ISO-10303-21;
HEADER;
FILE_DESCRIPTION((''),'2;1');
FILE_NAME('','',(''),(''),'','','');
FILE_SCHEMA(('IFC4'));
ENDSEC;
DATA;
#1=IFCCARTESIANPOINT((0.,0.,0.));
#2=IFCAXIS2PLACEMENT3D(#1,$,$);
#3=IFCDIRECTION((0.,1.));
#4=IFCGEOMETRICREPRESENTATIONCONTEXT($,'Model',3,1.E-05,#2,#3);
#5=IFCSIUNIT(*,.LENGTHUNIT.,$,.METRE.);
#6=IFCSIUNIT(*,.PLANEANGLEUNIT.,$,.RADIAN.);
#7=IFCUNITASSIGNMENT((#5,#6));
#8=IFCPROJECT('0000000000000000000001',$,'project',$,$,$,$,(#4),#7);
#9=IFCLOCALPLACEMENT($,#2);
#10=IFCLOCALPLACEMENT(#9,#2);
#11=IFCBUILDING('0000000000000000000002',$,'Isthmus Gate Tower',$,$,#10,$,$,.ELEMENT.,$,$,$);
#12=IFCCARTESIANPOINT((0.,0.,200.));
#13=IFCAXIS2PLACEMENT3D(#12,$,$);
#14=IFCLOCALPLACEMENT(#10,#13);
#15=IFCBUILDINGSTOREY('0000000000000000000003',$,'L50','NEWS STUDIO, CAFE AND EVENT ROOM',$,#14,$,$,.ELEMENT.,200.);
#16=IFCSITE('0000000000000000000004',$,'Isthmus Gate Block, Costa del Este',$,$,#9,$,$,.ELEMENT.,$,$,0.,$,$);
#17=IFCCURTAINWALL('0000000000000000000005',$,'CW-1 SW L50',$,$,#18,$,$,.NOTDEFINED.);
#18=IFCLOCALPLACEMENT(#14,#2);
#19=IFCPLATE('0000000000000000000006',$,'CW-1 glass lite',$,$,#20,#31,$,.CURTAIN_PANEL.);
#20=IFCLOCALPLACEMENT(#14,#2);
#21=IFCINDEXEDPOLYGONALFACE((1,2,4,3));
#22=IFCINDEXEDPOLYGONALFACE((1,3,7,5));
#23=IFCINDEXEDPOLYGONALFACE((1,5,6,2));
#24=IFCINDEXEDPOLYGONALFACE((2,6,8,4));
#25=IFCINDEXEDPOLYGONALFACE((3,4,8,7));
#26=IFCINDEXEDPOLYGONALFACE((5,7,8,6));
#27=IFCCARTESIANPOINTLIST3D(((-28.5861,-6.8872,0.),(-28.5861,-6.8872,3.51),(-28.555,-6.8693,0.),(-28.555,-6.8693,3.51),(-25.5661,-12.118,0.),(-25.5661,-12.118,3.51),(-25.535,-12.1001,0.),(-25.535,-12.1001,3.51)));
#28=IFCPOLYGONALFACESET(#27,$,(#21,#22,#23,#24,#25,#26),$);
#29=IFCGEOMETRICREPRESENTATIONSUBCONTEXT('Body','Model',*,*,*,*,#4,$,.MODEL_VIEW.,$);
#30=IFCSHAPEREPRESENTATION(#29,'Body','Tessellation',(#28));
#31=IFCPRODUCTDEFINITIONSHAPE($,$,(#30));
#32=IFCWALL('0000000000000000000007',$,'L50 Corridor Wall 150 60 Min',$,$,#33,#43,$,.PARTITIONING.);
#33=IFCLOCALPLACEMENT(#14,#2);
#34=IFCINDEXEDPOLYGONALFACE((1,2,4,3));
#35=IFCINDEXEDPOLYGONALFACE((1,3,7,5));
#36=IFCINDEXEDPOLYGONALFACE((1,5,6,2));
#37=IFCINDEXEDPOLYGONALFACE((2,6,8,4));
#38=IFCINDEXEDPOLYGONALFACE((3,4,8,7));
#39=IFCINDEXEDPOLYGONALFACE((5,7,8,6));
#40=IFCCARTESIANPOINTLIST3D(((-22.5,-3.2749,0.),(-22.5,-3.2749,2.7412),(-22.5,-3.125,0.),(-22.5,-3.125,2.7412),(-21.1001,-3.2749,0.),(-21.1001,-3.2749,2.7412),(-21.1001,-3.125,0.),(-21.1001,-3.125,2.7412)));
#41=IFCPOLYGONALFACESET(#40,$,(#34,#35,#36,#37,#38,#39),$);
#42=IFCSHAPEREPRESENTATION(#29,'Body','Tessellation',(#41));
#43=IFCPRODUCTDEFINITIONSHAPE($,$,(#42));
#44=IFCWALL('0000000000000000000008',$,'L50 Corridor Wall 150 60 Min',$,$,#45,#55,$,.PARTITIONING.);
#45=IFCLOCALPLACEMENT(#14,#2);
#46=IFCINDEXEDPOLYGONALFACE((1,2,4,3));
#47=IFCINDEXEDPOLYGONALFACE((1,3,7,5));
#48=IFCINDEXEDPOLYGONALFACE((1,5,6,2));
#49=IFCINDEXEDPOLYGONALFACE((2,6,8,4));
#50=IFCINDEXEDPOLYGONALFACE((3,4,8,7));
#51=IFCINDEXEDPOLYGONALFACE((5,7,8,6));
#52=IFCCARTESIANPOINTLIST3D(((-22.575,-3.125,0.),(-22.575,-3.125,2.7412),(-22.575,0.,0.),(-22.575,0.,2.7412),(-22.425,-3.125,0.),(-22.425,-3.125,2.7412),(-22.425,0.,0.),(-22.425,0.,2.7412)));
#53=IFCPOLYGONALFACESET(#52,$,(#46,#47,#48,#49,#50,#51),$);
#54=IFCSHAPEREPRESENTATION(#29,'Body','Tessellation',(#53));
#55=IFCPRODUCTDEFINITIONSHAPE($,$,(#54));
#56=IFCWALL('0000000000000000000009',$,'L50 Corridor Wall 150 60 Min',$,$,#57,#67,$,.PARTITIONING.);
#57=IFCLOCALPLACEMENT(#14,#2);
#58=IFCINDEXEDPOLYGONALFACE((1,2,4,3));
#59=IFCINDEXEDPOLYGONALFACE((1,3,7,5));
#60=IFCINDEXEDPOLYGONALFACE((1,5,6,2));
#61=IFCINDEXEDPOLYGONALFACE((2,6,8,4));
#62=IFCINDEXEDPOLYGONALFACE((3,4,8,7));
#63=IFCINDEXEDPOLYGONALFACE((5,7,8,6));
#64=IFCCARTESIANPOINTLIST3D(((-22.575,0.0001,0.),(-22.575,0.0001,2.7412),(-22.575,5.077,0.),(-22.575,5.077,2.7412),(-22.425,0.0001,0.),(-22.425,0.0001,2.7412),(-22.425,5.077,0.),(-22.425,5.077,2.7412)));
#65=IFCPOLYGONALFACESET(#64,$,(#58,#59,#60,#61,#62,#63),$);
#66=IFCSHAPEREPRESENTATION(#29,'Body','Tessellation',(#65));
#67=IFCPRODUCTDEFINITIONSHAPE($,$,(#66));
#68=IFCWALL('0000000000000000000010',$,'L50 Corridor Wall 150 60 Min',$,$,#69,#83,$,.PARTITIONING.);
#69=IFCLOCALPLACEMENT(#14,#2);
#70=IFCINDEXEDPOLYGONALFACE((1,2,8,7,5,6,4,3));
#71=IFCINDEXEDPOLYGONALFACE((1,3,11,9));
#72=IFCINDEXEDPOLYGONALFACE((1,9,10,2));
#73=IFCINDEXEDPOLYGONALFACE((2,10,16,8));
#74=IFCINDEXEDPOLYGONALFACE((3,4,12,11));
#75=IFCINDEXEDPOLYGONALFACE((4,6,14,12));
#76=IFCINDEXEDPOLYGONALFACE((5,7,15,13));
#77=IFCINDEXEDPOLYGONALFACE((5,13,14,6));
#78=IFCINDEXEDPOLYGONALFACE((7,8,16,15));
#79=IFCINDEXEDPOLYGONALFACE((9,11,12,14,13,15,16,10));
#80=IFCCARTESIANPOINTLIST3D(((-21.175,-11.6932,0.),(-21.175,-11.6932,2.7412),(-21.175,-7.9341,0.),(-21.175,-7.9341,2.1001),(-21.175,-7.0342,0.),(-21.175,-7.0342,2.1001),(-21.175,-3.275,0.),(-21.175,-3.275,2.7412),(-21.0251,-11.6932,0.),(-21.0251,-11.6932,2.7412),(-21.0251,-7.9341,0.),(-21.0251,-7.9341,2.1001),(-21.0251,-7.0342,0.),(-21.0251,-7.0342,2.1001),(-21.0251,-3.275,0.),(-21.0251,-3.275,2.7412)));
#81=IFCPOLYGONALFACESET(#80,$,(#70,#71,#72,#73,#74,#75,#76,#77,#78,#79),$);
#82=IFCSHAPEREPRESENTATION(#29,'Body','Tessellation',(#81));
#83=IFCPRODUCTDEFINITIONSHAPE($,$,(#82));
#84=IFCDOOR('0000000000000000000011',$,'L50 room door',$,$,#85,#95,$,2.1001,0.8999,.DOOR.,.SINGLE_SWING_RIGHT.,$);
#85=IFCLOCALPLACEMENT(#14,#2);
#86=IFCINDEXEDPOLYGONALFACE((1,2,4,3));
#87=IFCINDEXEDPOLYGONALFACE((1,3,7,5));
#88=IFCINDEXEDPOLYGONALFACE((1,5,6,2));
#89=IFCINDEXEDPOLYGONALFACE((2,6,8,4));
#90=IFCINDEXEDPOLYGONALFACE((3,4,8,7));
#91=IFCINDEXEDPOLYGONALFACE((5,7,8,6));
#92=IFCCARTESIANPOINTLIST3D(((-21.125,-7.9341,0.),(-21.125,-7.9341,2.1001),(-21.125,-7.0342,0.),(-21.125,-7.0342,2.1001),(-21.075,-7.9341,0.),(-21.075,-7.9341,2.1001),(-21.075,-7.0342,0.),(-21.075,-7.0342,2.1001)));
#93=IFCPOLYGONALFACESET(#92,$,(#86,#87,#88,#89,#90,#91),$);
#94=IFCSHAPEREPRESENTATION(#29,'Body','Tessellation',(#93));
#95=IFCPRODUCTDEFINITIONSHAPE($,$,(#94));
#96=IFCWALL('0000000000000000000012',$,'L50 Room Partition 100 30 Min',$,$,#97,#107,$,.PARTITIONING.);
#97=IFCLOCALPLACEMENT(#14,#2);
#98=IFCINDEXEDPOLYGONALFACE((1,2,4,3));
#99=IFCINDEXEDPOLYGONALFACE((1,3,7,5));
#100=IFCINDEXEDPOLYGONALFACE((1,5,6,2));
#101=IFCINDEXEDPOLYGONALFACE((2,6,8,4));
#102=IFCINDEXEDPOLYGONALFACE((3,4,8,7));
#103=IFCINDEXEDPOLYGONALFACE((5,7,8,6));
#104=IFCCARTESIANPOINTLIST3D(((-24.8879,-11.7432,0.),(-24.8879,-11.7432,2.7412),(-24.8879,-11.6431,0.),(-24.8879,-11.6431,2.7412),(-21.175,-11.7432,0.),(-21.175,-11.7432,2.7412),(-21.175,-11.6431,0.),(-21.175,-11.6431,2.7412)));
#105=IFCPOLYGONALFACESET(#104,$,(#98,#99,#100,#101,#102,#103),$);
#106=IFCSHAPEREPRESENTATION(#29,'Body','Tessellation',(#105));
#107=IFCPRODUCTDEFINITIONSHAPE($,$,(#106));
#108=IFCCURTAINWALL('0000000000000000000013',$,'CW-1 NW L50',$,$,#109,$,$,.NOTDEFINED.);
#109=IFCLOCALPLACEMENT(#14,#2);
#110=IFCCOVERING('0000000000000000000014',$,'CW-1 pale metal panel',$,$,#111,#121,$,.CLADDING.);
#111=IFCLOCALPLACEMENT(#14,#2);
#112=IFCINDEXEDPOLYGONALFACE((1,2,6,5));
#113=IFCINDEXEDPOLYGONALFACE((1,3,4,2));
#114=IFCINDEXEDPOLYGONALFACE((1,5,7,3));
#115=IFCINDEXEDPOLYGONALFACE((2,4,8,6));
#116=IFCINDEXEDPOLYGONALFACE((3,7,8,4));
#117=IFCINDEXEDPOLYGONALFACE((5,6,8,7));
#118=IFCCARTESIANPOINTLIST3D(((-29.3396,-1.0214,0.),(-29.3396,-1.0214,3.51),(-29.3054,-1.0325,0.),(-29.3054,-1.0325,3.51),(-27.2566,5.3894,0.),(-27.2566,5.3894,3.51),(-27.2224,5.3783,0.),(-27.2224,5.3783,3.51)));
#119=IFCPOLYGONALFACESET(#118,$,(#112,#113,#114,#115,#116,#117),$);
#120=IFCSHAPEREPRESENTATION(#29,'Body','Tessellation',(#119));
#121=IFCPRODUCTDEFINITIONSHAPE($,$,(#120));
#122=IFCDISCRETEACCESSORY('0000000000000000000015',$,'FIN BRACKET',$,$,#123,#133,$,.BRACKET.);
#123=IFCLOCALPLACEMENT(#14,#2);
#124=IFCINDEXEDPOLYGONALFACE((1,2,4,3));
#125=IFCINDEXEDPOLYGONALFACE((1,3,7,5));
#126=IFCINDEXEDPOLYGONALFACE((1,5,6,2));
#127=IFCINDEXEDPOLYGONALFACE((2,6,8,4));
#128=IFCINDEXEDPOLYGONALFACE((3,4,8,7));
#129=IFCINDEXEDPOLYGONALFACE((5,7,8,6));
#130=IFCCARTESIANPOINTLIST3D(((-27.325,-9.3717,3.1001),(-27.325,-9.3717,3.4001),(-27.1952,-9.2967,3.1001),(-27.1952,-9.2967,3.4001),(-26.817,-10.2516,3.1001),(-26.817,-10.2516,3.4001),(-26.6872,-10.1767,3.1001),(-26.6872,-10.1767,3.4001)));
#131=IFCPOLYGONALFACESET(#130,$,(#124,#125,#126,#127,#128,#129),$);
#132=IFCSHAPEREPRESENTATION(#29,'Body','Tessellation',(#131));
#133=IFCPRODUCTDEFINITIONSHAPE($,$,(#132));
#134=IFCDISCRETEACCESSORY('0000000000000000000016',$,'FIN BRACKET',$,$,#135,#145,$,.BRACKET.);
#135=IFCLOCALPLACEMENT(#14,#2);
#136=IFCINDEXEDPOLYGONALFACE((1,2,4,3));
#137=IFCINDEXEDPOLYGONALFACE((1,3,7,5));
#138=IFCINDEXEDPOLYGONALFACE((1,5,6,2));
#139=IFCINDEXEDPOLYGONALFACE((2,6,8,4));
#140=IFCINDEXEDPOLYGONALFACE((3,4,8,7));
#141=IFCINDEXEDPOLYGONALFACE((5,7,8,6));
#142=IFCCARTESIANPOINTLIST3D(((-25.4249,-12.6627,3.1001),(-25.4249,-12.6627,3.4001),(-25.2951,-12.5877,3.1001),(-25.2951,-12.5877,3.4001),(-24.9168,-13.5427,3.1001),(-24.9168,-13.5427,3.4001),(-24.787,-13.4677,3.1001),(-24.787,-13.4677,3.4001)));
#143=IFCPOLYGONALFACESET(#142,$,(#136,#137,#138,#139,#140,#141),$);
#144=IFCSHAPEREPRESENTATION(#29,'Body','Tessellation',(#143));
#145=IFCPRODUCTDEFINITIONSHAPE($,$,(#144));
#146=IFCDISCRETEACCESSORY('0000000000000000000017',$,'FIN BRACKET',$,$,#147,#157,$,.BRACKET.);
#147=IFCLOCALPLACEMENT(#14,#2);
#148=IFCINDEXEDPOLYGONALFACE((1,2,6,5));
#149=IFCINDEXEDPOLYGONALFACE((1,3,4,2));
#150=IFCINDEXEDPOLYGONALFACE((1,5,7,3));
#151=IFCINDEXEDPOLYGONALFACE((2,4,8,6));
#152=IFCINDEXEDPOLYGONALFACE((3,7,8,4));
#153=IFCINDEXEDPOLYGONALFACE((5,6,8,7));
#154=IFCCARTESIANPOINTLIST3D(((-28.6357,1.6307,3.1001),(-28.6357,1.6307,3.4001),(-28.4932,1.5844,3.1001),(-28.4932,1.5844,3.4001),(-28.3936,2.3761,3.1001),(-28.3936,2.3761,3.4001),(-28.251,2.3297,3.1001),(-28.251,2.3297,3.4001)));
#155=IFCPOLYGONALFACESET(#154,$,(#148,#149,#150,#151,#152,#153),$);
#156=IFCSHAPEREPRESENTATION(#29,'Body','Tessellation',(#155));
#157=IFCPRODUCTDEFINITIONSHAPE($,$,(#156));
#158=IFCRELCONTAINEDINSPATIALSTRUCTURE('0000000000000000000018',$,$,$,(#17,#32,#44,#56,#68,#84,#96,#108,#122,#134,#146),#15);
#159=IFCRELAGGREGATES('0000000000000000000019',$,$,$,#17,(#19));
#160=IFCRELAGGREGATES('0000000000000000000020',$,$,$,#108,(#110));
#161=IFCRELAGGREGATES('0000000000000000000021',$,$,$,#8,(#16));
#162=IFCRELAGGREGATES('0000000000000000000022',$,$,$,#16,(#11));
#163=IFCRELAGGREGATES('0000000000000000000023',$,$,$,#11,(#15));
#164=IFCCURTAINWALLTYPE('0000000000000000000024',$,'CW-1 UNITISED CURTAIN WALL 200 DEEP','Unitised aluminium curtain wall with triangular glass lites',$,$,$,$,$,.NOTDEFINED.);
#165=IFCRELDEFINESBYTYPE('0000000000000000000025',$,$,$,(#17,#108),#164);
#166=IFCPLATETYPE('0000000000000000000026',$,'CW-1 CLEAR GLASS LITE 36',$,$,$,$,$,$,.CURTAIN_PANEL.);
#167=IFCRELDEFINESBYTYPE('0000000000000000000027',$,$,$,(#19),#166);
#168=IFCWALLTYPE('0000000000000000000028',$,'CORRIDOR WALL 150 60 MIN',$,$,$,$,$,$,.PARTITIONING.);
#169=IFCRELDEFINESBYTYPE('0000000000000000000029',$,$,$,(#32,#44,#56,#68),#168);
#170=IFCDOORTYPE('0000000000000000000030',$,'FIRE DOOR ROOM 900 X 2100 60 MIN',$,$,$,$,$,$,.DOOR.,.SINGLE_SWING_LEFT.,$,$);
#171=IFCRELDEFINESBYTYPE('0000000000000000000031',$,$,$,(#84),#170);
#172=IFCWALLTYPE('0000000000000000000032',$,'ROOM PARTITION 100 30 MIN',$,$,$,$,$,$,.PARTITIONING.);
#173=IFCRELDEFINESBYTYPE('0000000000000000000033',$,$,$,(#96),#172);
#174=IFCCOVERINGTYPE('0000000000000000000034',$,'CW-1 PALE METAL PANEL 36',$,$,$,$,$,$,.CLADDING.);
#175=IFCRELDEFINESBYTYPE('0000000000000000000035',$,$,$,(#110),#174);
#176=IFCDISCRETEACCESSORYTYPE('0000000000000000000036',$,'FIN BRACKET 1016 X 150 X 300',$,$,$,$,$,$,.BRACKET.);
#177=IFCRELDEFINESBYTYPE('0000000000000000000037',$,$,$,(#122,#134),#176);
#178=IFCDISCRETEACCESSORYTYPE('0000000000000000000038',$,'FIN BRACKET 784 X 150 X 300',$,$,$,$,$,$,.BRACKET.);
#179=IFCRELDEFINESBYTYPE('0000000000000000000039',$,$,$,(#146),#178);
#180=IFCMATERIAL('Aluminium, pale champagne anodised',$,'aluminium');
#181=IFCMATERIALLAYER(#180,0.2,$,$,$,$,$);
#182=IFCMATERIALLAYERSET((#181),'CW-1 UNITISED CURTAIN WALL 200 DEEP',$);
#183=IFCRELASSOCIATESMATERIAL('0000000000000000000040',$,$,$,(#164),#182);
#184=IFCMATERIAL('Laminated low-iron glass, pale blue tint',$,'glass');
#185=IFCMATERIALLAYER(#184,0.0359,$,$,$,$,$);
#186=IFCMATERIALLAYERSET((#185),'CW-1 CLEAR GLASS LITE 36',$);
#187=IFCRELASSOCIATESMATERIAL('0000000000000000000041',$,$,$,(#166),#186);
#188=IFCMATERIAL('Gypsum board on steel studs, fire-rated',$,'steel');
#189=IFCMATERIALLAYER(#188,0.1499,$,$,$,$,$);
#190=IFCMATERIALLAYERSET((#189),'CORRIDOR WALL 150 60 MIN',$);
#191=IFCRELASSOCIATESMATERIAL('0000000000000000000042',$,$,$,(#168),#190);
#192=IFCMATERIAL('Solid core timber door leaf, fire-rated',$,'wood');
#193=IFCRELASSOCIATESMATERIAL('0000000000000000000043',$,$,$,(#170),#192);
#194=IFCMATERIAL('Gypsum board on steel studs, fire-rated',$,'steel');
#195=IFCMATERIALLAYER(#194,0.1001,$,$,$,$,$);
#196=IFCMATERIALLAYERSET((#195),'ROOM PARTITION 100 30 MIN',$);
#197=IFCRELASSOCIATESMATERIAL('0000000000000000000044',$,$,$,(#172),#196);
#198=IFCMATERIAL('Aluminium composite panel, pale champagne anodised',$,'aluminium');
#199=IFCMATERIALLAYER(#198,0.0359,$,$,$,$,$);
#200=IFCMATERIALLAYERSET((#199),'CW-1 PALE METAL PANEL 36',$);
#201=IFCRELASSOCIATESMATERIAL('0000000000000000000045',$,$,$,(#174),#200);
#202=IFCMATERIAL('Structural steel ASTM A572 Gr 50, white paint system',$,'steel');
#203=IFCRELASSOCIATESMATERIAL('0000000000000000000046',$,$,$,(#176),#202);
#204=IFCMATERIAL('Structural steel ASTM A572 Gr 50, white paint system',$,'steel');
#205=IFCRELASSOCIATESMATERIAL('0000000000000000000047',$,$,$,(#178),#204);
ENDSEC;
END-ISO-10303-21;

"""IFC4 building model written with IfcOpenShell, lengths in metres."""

from ifc_helpers import new_model, si_unit, direction, frame, frame_2d, origin, origin_2d, place, context, subcontext, project, spatial, rectangle, extrude, material, layer, layer_set, type_object, element, fill, aggregate, save


model = new_model("IFC4")

# Units and contexts
model_context = context("Model", 3, precision=1e-05, world=origin(), true_north=direction((0.0, 1.0)))
body_context = subcontext(model_context, "Body", "Model", "MODEL_VIEW")
ifc_project = project(units=[si_unit("LENGTHUNIT", "METRE"), si_unit("PLANEANGLEUNIT", "RADIAN")], contexts=[model_context])

# Site, building, storey
site_placement = place(None, origin())
site = spatial("IfcSite", under=ifc_project, at=site_placement, Name="Isthmus Gate Block, Costa del Este", CompositionType="ELEMENT", RefElevation=0.0)
building_placement = place(site_placement, origin())
building = spatial("IfcBuilding", under=site, at=building_placement, Name="Isthmus Gate Tower", CompositionType="ELEMENT")
storey_placement = place(building_placement, frame((0.0, 0.0, 200.0)))
storey = spatial("IfcBuildingStorey", under=building, at=storey_placement, Name="L50", Description="NEWS STUDIO, CAFE AND EVENT ROOM", CompositionType="ELEMENT", Elevation=200.0)

# Curtain wall
ifc_material_1 = material(Name="Aluminium, pale champagne anodised", Category="aluminium")
ifc_layer_1 = layer(ifc_material_1, 0.2)
ifc_layer_set_1 = layer_set([ifc_layer_1], Name="CW-1 UNITISED CURTAIN WALL 200 DEEP")
curtain_wall_type = type_object("IfcCurtainWallType", Name="CW-1 UNITISED CURTAIN WALL 200 DEEP", Description="Unitised aluminium curtain wall with triangular glass lites", PredefinedType="NOTDEFINED", material=ifc_layer_set_1)
curtain_wall_1_placement = place(storey_placement, origin())
curtain_wall_1 = element("IfcCurtainWall", 1, at=curtain_wall_1_placement, inside=storey, type_object=curtain_wall_type, Name="CW-1 SW L50", PredefinedType="NOTDEFINED")

# Plate
ifc_material_2 = material(Name="Laminated low-iron glass, pale blue tint", Category="glass")
ifc_layer_2 = layer(ifc_material_2, 0.0359)
ifc_layer_set_2 = layer_set([ifc_layer_2], Name="CW-1 CLEAR GLASS LITE 36")
plate_type = type_object("IfcPlateType", Name="CW-1 CLEAR GLASS LITE 36", PredefinedType="CURTAIN_PANEL", material=ifc_layer_set_2)
plate_1_placement = place(storey_placement, frame((-27.0605, -9.4937, 0.0), z_axis=(0.0, 0.0, 1.0), x_axis=(0.5, -0.866025, 0.0)))
plate_1 = element("IfcPlate", 2, at=plate_1_placement, type_object=plate_type, Name="CW-1 glass lite", PredefinedType="CURTAIN_PANEL", context=body_context, shape_type="SweptSolid", body=[
    extrude(rectangle(XDim=6.04, YDim=0.0359, at=origin_2d()), origin(), (0.0, 0.0, 1.0), 3.51),
])
aggregate(curtain_wall_1, [plate_1])

# Walls
ifc_material_3 = material(Name="Gypsum board on steel studs, fire-rated", Category="steel")
ifc_layer_3 = layer(ifc_material_3, 0.1499)
ifc_layer_set_3 = layer_set([ifc_layer_3], Name="CORRIDOR WALL 150 60 MIN")
wall_type_1 = type_object("IfcWallType", Name="CORRIDOR WALL 150 60 MIN", PredefinedType="PARTITIONING", material=ifc_layer_set_3)
wall_1_placement = place(storey_placement, frame((-21.1001, -3.2, 0.0), z_axis=(0.0, 0.0, 1.0), x_axis=(-1.0, 0.0, 0.0)))
element("IfcWall", 3, at=wall_1_placement, inside=storey, type_object=wall_type_1, Name="L50 Corridor Wall 150 60 Min", PredefinedType="PARTITIONING", context=body_context, shape_type="SweptSolid", body=[
    extrude(rectangle(XDim=1.3999, YDim=0.1499, at=frame_2d((0.7, 0.0))), origin(), (0.0, 0.0, 1.0), 2.7412),
])
wall_2_placement = place(storey_placement, frame((-22.5, -3.125, 0.0), z_axis=(0.0, 0.0, 1.0), x_axis=(0.0, 1.0, 0.0)))
element("IfcWall", 4, at=wall_2_placement, inside=storey, type_object=wall_type_1, Name="L50 Corridor Wall 150 60 Min", PredefinedType="PARTITIONING", context=body_context, shape_type="SweptSolid", body=[
    extrude(rectangle(XDim=3.125, YDim=0.1499, at=frame_2d((1.5625, 0.0))), origin(), (0.0, 0.0, 1.0), 2.7412),
])
wall_3_placement = place(storey_placement, frame((-22.5, 0.0, 0.0), z_axis=(0.0, 0.0, 1.0), x_axis=(0.0, 1.0, 0.0)))
element("IfcWall", 5, at=wall_3_placement, inside=storey, type_object=wall_type_1, Name="L50 Corridor Wall 150 60 Min", PredefinedType="PARTITIONING", context=body_context, shape_type="SweptSolid", body=[
    extrude(rectangle(XDim=5.0769, YDim=0.1499, at=frame_2d((2.5386, 0.0))), origin(), (0.0, 0.0, 1.0), 2.7412),
])

# Wall, opening, door
wall_4_placement = place(storey_placement, frame((-21.1001, -11.6931, 0.0), z_axis=(0.0, 0.0, 1.0), x_axis=(0.0, 1.0, 0.0)))
wall_4 = element("IfcWall", 6, at=wall_4_placement, inside=storey, type_object=wall_type_1, Name="L50 Corridor Wall 150 60 Min", PredefinedType="PARTITIONING", context=body_context, shape_type="SweptSolid", body=[
    extrude(rectangle(XDim=8.4182, YDim=0.1499, at=frame_2d((4.209, 0.0))), origin(), (0.0, 0.0, 1.0), 2.7412),
])
opening_placement = place(wall_4_placement, frame((3.759, 0.0, 0.0)))
opening = element("IfcOpeningElement", 7, at=opening_placement, cuts=wall_4, PredefinedType="OPENING", context=body_context, shape_type="SweptSolid", body=[
    extrude(rectangle(XDim=0.8999, YDim=2.1001, at=frame_2d((0.45, 1.05))), frame((0.0, 0.085, 0.0), z_axis=(0.0, -1.0, 0.0), x_axis=(1.0, 0.0, 0.0)), (0.0, 0.0, 1.0), 0.1699),
])
ifc_material_4 = material(Name="Solid core timber door leaf, fire-rated", Category="wood")
door_type = type_object("IfcDoorType", Name="FIRE DOOR ROOM 900 X 2100 60 MIN", OperationType="SINGLE_SWING_LEFT", PredefinedType="DOOR", material=ifc_material_4)
door_placement = place(opening_placement, origin())
door = element("IfcDoor", 8, at=door_placement, inside=storey, type_object=door_type, Name="L50 room door", OperationType="SINGLE_SWING_RIGHT", OverallHeight=2.1001, OverallWidth=0.8999, PredefinedType="DOOR", context=body_context, shape_type="SweptSolid", body=[
    extrude(rectangle(XDim=0.8999, YDim=2.1001, at=frame_2d((0.45, 1.05))), frame((0.0, 0.0249, 0.0), z_axis=(0.0, -1.0, 0.0), x_axis=(1.0, 0.0, 0.0)), (0.0, 0.0, 1.0), 0.05),
])
fill(opening, door)

# Wall
ifc_material_5 = material(Name="Gypsum board on steel studs, fire-rated", Category="steel")
ifc_layer_4 = layer(ifc_material_5, 0.1001)
ifc_layer_set_4 = layer_set([ifc_layer_4], Name="ROOM PARTITION 100 30 MIN")
wall_type_2 = type_object("IfcWallType", Name="ROOM PARTITION 100 30 MIN", PredefinedType="PARTITIONING", material=ifc_layer_set_4)
wall_5_placement = place(storey_placement, frame((-24.8879, -11.6931, 0.0), z_axis=(0.0, 0.0, 1.0), x_axis=(1.0, 0.0, 0.0)))
element("IfcWall", 9, at=wall_5_placement, inside=storey, type_object=wall_type_2, Name="L50 Room Partition 100 30 Min", PredefinedType="PARTITIONING", context=body_context, shape_type="SweptSolid", body=[
    extrude(rectangle(XDim=3.7129, YDim=0.1001, at=frame_2d((1.8564, 0.0))), origin(), (0.0, 0.0, 1.0), 2.7412),
])

# Curtain wall, covering
curtain_wall_2_placement = place(storey_placement, origin())
curtain_wall_2 = element("IfcCurtainWall", 10, at=curtain_wall_2_placement, inside=storey, type_object=curtain_wall_type, Name="CW-1 NW L50", PredefinedType="NOTDEFINED")
ifc_material_6 = material(Name="Aluminium composite panel, pale champagne anodised", Category="aluminium")
ifc_layer_5 = layer(ifc_material_6, 0.0359)
ifc_layer_set_5 = layer_set([ifc_layer_5], Name="CW-1 PALE METAL PANEL 36")
covering_type = type_object("IfcCoveringType", Name="CW-1 PALE METAL PANEL 36", PredefinedType="CLADDING", material=ifc_layer_set_5)
covering_placement = place(storey_placement, frame((-28.281, 2.1785, 0.0), z_axis=(0.0, 0.0, 1.0), x_axis=(-0.309017, -0.951057, 0.0)))
covering = element("IfcCovering", 11, at=covering_placement, type_object=covering_type, Name="CW-1 pale metal panel", PredefinedType="CLADDING", context=body_context, shape_type="SweptSolid", body=[
    extrude(rectangle(XDim=6.7407, YDim=0.0359, at=origin_2d()), origin(), (0.0, 0.0, 1.0), 3.51),
])
aggregate(curtain_wall_2, [covering])

# Discrete accessories
ifc_material_7 = material(Name="Structural steel ASTM A572 Gr 50, white paint system", Category="steel")
discrete_accessory_type_1 = type_object("IfcDiscreteAccessoryType", Name="FIN BRACKET 1016 X 150 X 300", PredefinedType="BRACKET", material=ifc_material_7)
for number, where, z_axis, x_axis, name in (
    (12, (-27.0061, -9.7742, 3.1001), (0.0, 0.0, 1.0), (-0.866025, -0.5, 0.0), "FIN BRACKET"),
    (13, (-25.106, -13.0652, 3.1001), (0.0, 0.0, 1.0), (-0.866025, -0.5, 0.0), "FIN BRACKET"),
):
    element("IfcDiscreteAccessory", number, at=place(storey_placement, frame(where, z_axis=z_axis, x_axis=x_axis)), inside=storey, type_object=discrete_accessory_type_1, Name=name, PredefinedType="BRACKET", context=body_context, shape_type="SweptSolid", body=[
        extrude(rectangle(XDim=0.1499, YDim=1.0161, at=origin_2d()), origin(), (0.0, 0.0, 1.0), 0.3),
    ])
ifc_material_8 = material(Name="Structural steel ASTM A572 Gr 50, white paint system", Category="steel")
discrete_accessory_type_2 = type_object("IfcDiscreteAccessoryType", Name="FIN BRACKET 784 X 150 X 300", PredefinedType="BRACKET", material=ifc_material_8)
discrete_accessory_placement = place(storey_placement, frame((-28.4434, 1.9802, 3.1001), z_axis=(0.0, 0.0, 1.0), x_axis=(-0.951057, 0.309017, 0.0)))
element("IfcDiscreteAccessory", 14, at=discrete_accessory_placement, inside=storey, type_object=discrete_accessory_type_2, Name="FIN BRACKET", PredefinedType="BRACKET", context=body_context, shape_type="SweptSolid", body=[
    extrude(rectangle(XDim=0.1499, YDim=0.7837, at=origin_2d()), origin(), (0.0, 0.0, 1.0), 0.3),
])

save(model, "model.ifc")
